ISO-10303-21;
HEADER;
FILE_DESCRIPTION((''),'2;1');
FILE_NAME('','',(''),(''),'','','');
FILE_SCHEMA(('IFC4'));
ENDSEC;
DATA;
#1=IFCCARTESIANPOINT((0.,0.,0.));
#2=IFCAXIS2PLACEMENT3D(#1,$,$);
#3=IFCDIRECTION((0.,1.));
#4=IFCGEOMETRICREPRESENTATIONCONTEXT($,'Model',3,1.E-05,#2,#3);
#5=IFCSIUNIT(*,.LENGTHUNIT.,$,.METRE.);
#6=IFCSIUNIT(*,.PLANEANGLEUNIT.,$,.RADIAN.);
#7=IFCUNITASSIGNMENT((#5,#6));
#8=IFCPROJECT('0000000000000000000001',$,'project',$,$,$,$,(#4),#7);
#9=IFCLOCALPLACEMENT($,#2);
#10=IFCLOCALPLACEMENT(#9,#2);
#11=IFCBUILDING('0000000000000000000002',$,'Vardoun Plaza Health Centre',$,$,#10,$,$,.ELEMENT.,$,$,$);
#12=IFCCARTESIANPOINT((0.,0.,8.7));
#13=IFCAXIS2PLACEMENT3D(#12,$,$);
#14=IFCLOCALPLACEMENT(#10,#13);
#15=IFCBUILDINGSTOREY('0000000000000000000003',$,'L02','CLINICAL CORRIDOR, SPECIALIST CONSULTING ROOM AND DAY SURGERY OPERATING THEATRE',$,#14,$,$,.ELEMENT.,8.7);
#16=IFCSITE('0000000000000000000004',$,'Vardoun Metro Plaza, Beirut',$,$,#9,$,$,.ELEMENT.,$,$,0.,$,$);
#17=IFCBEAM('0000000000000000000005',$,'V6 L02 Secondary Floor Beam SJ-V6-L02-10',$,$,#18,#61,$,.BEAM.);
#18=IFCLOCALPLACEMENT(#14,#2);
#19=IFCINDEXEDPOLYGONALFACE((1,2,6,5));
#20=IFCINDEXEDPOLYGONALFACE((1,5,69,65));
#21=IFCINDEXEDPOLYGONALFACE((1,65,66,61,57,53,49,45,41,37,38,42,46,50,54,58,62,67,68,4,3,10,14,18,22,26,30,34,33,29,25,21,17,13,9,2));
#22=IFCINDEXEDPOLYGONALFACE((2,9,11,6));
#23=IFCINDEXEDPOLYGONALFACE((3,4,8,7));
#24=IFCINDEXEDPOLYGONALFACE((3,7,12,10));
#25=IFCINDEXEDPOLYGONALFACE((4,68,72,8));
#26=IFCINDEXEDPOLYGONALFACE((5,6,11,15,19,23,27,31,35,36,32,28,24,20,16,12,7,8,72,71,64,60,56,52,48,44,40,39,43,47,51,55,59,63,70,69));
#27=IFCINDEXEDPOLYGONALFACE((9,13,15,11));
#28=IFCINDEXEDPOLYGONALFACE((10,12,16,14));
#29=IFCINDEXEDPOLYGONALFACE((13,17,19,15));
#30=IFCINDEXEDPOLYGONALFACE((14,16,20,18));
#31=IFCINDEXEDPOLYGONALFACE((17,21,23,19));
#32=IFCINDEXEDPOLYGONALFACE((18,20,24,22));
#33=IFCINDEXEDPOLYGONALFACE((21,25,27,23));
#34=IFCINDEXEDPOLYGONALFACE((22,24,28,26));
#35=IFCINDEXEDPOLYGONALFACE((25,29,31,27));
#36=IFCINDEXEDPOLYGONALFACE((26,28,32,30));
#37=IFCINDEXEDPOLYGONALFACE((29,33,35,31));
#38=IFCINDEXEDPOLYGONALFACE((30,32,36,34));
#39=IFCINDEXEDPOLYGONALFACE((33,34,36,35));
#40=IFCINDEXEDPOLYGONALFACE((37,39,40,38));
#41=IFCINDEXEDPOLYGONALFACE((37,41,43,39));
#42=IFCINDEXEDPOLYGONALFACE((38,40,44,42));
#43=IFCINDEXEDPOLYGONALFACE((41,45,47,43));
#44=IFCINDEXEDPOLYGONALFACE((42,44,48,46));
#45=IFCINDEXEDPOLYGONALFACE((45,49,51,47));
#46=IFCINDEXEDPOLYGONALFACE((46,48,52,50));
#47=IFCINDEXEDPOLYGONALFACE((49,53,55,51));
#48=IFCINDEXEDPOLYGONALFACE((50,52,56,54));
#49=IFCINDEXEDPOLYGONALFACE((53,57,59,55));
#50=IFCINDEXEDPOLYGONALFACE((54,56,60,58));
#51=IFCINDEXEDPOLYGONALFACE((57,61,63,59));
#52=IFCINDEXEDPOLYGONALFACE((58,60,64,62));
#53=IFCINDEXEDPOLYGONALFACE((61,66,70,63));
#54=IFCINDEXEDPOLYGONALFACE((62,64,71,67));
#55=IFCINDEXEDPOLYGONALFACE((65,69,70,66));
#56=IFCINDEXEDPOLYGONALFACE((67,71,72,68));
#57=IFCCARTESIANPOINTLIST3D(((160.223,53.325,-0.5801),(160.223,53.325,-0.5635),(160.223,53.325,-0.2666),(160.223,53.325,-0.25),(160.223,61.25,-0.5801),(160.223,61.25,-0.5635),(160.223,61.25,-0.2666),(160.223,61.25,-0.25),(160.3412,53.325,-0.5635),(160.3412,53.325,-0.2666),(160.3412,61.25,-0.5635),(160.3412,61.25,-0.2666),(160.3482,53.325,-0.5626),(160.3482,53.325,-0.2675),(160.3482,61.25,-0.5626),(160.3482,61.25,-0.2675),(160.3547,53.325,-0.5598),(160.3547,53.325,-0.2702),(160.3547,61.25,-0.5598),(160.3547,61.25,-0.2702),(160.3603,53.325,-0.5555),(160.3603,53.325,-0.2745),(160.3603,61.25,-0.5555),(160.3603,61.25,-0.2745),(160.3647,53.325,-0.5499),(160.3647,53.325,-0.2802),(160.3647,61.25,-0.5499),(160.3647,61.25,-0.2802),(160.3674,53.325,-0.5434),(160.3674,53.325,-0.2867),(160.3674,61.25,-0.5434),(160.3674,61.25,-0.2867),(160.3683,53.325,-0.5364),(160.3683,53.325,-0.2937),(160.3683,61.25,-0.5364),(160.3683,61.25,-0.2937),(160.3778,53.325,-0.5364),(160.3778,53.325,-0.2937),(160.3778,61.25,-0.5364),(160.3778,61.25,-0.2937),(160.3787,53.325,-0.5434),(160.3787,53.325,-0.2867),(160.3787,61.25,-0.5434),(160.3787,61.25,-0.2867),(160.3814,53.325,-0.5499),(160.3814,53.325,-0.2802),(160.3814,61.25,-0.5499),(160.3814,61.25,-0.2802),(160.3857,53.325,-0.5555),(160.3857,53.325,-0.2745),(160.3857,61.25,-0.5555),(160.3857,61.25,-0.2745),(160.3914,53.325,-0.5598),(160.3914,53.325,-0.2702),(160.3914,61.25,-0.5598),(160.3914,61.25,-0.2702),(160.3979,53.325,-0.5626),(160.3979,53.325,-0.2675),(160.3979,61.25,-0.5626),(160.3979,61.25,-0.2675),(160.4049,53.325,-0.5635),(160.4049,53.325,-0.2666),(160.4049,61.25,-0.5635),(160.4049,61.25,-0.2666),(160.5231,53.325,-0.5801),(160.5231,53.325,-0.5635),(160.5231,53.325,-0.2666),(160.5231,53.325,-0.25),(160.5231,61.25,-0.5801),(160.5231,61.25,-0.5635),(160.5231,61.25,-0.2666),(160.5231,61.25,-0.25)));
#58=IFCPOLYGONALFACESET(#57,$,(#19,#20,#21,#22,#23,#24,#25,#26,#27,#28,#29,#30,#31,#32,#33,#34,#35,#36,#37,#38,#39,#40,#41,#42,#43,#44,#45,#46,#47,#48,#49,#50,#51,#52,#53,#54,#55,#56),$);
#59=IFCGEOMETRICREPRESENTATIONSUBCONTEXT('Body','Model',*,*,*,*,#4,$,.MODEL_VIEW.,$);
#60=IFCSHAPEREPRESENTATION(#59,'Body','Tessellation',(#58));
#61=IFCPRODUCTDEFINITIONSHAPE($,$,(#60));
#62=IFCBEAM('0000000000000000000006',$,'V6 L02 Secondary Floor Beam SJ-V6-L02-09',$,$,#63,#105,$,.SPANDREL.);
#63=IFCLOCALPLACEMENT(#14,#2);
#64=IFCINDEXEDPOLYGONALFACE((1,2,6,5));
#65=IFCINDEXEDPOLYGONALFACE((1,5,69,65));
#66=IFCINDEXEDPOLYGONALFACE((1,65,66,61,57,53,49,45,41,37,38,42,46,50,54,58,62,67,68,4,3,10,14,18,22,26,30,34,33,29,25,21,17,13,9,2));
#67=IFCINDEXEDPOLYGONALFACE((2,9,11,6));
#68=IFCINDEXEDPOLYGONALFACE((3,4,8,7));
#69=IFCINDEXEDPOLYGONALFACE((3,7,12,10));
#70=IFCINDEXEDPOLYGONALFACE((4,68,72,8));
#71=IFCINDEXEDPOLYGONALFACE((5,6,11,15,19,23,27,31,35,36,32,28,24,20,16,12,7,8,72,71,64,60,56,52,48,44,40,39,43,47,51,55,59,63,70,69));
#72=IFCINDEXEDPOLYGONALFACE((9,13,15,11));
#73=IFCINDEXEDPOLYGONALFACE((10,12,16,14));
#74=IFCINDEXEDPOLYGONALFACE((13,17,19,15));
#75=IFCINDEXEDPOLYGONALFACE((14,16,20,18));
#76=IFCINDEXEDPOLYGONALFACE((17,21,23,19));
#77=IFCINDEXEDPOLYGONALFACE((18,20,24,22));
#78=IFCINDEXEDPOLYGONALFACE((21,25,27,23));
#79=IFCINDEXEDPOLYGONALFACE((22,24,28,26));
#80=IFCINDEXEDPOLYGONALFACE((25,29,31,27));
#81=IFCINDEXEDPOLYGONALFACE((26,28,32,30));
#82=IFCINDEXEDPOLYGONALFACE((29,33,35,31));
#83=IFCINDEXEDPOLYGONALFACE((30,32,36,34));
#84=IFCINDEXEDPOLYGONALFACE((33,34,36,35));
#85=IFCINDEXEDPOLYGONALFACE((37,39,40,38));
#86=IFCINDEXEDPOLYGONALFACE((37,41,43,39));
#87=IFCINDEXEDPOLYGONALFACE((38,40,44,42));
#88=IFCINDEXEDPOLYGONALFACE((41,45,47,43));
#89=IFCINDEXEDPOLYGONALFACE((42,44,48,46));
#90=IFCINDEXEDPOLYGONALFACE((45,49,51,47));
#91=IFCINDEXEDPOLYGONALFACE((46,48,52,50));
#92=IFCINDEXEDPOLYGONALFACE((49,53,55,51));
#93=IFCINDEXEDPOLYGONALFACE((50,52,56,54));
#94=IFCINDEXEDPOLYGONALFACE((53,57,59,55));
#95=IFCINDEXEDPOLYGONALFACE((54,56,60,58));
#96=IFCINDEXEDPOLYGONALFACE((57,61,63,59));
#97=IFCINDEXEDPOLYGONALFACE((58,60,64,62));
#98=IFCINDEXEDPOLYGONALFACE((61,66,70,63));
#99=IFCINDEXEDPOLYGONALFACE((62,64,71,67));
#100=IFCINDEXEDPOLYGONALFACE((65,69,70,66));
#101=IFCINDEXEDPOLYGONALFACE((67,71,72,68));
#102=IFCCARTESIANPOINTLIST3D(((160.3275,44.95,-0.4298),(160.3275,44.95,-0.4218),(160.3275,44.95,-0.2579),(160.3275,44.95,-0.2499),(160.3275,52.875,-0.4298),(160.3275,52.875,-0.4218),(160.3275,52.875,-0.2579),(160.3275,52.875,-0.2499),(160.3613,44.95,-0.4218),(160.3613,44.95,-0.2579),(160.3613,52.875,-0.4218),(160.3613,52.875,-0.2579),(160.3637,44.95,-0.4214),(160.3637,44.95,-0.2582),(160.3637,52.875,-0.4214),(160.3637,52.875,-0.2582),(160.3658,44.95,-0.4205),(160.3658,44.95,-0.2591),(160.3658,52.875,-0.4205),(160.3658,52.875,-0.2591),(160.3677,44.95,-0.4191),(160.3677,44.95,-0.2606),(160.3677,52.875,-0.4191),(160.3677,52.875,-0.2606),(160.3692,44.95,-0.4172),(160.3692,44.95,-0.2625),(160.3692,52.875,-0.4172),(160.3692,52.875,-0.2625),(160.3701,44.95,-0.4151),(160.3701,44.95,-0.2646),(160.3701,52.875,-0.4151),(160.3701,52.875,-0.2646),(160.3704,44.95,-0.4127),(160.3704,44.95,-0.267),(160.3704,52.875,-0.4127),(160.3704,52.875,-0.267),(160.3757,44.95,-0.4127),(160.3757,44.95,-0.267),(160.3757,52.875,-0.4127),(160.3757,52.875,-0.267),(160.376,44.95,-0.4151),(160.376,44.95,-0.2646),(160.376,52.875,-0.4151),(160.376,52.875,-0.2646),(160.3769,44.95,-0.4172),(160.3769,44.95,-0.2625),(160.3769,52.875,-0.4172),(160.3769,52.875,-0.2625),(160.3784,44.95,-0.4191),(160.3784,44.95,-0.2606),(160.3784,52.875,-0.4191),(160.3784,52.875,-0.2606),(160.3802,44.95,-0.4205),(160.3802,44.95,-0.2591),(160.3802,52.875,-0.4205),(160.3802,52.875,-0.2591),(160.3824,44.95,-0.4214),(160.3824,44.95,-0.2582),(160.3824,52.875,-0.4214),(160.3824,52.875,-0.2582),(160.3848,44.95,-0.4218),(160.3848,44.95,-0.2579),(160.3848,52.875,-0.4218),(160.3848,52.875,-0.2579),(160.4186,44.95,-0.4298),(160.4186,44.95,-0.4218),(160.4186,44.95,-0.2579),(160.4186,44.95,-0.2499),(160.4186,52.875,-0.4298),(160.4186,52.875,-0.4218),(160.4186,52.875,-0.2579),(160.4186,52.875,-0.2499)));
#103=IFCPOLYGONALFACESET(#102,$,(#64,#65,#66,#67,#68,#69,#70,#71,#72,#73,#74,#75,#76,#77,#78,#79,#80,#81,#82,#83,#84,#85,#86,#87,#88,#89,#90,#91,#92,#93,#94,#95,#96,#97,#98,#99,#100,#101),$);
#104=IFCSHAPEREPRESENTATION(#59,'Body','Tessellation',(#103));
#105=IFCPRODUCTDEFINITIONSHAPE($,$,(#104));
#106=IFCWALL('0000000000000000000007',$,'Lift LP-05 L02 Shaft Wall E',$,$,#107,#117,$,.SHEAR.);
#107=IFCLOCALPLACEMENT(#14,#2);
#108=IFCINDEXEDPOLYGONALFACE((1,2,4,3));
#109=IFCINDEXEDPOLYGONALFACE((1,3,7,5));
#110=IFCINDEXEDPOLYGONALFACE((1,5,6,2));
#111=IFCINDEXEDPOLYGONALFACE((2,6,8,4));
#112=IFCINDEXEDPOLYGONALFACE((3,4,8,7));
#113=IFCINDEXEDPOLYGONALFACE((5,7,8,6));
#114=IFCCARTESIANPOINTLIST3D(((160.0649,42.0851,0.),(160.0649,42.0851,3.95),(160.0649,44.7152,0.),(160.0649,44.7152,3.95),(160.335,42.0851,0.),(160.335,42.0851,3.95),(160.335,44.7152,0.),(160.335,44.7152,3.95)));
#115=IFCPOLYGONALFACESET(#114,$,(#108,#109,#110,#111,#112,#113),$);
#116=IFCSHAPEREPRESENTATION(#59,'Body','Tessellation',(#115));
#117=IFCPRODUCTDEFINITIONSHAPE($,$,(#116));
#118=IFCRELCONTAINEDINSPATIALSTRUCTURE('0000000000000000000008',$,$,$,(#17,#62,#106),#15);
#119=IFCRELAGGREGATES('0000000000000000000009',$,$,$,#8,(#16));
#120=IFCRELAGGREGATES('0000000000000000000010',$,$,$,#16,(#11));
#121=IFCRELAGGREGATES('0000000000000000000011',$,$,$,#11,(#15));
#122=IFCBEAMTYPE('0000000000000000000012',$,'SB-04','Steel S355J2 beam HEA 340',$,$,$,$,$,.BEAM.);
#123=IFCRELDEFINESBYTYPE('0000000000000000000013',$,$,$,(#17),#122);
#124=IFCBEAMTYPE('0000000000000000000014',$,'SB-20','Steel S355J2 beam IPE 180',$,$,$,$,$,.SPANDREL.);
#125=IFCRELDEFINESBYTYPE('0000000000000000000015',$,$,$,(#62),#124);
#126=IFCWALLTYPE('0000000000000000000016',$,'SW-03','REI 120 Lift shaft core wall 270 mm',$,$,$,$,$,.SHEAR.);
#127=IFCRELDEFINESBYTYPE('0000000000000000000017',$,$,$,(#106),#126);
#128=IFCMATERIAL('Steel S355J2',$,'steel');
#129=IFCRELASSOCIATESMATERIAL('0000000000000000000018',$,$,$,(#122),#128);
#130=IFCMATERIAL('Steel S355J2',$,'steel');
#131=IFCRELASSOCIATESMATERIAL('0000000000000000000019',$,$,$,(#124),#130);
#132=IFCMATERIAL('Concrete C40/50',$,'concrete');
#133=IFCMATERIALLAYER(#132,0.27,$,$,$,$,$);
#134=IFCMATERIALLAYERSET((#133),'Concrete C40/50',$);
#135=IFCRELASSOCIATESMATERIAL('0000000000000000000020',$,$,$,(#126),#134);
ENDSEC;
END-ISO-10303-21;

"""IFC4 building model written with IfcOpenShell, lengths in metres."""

from ifc_helpers import new_model, si_unit, direction, frame, frame_2d, origin, origin_2d, place, context, subcontext, project, spatial, rectangle, i_section, extrude, material, layer, layer_set, material_profile, profile_set, type_object, element, save


model = new_model("IFC4")

# Units and contexts
model_context = context("Model", 3, precision=1e-05, world=origin(), true_north=direction((0.0, 1.0)))
body_context = subcontext(model_context, "Body", "Model", "MODEL_VIEW")
ifc_project = project(units=[si_unit("LENGTHUNIT", "METRE"), si_unit("PLANEANGLEUNIT", "RADIAN")], contexts=[model_context])

# Site, building, storey
site_placement = place(None, origin())
site = spatial("IfcSite", under=ifc_project, at=site_placement, Name="Vardoun Metro Plaza, Beirut", CompositionType="ELEMENT", RefElevation=0.0)
building_placement = place(site_placement, origin())
building = spatial("IfcBuilding", under=site, at=building_placement, Name="Vardoun Plaza Health Centre", CompositionType="ELEMENT")
storey_placement = place(building_placement, frame((0.0, 0.0, 8.7)))
storey = spatial("IfcBuildingStorey", under=building, at=storey_placement, Name="L02", Description="CLINICAL CORRIDOR, SPECIALIST CONSULTING ROOM AND DAY SURGERY OPERATING THEATRE", CompositionType="ELEMENT", Elevation=8.7)

# Beams
ifc_material_1 = material(Name="Steel S355J2", Category="steel")
ifc_material_profile_1 = material_profile(ifc_material_1, i_section(OverallWidth=0.3, OverallDepth=0.3301, WebThickness=0.0095, FlangeThickness=0.0166, FilletRadius=0.0271, at=origin_2d()), Name="HEA 340")
ifc_profile_set_1 = profile_set([ifc_material_profile_1], Name="Steel S355J2")
beam_type_1 = type_object("IfcBeamType", Name="SB-04", Description="Steel S355J2 beam HEA 340", PredefinedType="BEAM", material=ifc_profile_set_1)
beam_1_placement = place(storey_placement, frame((160.373, 53.325, -0.415), z_axis=(0.0, 1.0, 0.0), x_axis=(-1.0, 0.0, 0.0)))
element("IfcBeam", 1, at=beam_1_placement, inside=storey, type_object=beam_type_1, Name="V6 L02 Secondary Floor Beam SJ-V6-L02-10", PredefinedType="BEAM", context=body_context, shape_type="SweptSolid", body=[
    extrude(i_section(OverallWidth=0.3, OverallDepth=0.3301, WebThickness=0.0095, FlangeThickness=0.0166, FilletRadius=0.0271, at=origin_2d()), origin(), (0.0, 0.0, 1.0), 7.925),
])
ifc_material_2 = material(Name="Steel S355J2", Category="steel")
ifc_material_profile_2 = material_profile(ifc_material_2, i_section(OverallWidth=0.0911, OverallDepth=0.1799, WebThickness=0.0054, FlangeThickness=0.0081, FilletRadius=0.009, at=origin_2d()), Name="IPE 180")
ifc_profile_set_2 = profile_set([ifc_material_profile_2], Name="Steel S355J2")
beam_type_2 = type_object("IfcBeamType", Name="SB-20", Description="Steel S355J2 beam IPE 180", PredefinedType="SPANDREL", material=ifc_profile_set_2)
beam_2_placement = place(storey_placement, frame((160.373, 44.95, -0.3398), z_axis=(0.0, 1.0, 0.0), x_axis=(-1.0, 0.0, 0.0)))
element("IfcBeam", 2, at=beam_2_placement, inside=storey, type_object=beam_type_2, Name="V6 L02 Secondary Floor Beam SJ-V6-L02-09", PredefinedType="SPANDREL", context=body_context, shape_type="SweptSolid", body=[
    extrude(i_section(OverallWidth=0.0911, OverallDepth=0.1799, WebThickness=0.0054, FlangeThickness=0.0081, FilletRadius=0.009, at=origin_2d()), origin(), (0.0, 0.0, 1.0), 7.925),
])

# Wall
ifc_material_3 = material(Name="Concrete C40/50", Category="concrete")
ifc_layer_1 = layer(ifc_material_3, 0.27)
ifc_layer_set_1 = layer_set([ifc_layer_1], Name="Concrete C40/50")
wall_type_1 = type_object("IfcWallType", Name="SW-03", Description="REI 120 Lift shaft core wall 270 mm", PredefinedType="SHEAR", material=ifc_layer_set_1)
wall_1_placement = place(storey_placement, frame((160.2, 44.7151, 0.0), z_axis=(0.0, 0.0, 1.0), x_axis=(0.0, -1.0, 0.0)))
element("IfcWall", 3, at=wall_1_placement, inside=storey, type_object=wall_type_1, Name="Lift LP-05 L02 Shaft Wall E", PredefinedType="SHEAR", context=body_context, shape_type="SweptSolid", body=[
    extrude(rectangle(XDim=2.6301, YDim=0.27, at=frame_2d((1.3149, 0.0))), origin(), (0.0, 0.0, 1.0), 3.95),
])

save(model, "model.ifc")
